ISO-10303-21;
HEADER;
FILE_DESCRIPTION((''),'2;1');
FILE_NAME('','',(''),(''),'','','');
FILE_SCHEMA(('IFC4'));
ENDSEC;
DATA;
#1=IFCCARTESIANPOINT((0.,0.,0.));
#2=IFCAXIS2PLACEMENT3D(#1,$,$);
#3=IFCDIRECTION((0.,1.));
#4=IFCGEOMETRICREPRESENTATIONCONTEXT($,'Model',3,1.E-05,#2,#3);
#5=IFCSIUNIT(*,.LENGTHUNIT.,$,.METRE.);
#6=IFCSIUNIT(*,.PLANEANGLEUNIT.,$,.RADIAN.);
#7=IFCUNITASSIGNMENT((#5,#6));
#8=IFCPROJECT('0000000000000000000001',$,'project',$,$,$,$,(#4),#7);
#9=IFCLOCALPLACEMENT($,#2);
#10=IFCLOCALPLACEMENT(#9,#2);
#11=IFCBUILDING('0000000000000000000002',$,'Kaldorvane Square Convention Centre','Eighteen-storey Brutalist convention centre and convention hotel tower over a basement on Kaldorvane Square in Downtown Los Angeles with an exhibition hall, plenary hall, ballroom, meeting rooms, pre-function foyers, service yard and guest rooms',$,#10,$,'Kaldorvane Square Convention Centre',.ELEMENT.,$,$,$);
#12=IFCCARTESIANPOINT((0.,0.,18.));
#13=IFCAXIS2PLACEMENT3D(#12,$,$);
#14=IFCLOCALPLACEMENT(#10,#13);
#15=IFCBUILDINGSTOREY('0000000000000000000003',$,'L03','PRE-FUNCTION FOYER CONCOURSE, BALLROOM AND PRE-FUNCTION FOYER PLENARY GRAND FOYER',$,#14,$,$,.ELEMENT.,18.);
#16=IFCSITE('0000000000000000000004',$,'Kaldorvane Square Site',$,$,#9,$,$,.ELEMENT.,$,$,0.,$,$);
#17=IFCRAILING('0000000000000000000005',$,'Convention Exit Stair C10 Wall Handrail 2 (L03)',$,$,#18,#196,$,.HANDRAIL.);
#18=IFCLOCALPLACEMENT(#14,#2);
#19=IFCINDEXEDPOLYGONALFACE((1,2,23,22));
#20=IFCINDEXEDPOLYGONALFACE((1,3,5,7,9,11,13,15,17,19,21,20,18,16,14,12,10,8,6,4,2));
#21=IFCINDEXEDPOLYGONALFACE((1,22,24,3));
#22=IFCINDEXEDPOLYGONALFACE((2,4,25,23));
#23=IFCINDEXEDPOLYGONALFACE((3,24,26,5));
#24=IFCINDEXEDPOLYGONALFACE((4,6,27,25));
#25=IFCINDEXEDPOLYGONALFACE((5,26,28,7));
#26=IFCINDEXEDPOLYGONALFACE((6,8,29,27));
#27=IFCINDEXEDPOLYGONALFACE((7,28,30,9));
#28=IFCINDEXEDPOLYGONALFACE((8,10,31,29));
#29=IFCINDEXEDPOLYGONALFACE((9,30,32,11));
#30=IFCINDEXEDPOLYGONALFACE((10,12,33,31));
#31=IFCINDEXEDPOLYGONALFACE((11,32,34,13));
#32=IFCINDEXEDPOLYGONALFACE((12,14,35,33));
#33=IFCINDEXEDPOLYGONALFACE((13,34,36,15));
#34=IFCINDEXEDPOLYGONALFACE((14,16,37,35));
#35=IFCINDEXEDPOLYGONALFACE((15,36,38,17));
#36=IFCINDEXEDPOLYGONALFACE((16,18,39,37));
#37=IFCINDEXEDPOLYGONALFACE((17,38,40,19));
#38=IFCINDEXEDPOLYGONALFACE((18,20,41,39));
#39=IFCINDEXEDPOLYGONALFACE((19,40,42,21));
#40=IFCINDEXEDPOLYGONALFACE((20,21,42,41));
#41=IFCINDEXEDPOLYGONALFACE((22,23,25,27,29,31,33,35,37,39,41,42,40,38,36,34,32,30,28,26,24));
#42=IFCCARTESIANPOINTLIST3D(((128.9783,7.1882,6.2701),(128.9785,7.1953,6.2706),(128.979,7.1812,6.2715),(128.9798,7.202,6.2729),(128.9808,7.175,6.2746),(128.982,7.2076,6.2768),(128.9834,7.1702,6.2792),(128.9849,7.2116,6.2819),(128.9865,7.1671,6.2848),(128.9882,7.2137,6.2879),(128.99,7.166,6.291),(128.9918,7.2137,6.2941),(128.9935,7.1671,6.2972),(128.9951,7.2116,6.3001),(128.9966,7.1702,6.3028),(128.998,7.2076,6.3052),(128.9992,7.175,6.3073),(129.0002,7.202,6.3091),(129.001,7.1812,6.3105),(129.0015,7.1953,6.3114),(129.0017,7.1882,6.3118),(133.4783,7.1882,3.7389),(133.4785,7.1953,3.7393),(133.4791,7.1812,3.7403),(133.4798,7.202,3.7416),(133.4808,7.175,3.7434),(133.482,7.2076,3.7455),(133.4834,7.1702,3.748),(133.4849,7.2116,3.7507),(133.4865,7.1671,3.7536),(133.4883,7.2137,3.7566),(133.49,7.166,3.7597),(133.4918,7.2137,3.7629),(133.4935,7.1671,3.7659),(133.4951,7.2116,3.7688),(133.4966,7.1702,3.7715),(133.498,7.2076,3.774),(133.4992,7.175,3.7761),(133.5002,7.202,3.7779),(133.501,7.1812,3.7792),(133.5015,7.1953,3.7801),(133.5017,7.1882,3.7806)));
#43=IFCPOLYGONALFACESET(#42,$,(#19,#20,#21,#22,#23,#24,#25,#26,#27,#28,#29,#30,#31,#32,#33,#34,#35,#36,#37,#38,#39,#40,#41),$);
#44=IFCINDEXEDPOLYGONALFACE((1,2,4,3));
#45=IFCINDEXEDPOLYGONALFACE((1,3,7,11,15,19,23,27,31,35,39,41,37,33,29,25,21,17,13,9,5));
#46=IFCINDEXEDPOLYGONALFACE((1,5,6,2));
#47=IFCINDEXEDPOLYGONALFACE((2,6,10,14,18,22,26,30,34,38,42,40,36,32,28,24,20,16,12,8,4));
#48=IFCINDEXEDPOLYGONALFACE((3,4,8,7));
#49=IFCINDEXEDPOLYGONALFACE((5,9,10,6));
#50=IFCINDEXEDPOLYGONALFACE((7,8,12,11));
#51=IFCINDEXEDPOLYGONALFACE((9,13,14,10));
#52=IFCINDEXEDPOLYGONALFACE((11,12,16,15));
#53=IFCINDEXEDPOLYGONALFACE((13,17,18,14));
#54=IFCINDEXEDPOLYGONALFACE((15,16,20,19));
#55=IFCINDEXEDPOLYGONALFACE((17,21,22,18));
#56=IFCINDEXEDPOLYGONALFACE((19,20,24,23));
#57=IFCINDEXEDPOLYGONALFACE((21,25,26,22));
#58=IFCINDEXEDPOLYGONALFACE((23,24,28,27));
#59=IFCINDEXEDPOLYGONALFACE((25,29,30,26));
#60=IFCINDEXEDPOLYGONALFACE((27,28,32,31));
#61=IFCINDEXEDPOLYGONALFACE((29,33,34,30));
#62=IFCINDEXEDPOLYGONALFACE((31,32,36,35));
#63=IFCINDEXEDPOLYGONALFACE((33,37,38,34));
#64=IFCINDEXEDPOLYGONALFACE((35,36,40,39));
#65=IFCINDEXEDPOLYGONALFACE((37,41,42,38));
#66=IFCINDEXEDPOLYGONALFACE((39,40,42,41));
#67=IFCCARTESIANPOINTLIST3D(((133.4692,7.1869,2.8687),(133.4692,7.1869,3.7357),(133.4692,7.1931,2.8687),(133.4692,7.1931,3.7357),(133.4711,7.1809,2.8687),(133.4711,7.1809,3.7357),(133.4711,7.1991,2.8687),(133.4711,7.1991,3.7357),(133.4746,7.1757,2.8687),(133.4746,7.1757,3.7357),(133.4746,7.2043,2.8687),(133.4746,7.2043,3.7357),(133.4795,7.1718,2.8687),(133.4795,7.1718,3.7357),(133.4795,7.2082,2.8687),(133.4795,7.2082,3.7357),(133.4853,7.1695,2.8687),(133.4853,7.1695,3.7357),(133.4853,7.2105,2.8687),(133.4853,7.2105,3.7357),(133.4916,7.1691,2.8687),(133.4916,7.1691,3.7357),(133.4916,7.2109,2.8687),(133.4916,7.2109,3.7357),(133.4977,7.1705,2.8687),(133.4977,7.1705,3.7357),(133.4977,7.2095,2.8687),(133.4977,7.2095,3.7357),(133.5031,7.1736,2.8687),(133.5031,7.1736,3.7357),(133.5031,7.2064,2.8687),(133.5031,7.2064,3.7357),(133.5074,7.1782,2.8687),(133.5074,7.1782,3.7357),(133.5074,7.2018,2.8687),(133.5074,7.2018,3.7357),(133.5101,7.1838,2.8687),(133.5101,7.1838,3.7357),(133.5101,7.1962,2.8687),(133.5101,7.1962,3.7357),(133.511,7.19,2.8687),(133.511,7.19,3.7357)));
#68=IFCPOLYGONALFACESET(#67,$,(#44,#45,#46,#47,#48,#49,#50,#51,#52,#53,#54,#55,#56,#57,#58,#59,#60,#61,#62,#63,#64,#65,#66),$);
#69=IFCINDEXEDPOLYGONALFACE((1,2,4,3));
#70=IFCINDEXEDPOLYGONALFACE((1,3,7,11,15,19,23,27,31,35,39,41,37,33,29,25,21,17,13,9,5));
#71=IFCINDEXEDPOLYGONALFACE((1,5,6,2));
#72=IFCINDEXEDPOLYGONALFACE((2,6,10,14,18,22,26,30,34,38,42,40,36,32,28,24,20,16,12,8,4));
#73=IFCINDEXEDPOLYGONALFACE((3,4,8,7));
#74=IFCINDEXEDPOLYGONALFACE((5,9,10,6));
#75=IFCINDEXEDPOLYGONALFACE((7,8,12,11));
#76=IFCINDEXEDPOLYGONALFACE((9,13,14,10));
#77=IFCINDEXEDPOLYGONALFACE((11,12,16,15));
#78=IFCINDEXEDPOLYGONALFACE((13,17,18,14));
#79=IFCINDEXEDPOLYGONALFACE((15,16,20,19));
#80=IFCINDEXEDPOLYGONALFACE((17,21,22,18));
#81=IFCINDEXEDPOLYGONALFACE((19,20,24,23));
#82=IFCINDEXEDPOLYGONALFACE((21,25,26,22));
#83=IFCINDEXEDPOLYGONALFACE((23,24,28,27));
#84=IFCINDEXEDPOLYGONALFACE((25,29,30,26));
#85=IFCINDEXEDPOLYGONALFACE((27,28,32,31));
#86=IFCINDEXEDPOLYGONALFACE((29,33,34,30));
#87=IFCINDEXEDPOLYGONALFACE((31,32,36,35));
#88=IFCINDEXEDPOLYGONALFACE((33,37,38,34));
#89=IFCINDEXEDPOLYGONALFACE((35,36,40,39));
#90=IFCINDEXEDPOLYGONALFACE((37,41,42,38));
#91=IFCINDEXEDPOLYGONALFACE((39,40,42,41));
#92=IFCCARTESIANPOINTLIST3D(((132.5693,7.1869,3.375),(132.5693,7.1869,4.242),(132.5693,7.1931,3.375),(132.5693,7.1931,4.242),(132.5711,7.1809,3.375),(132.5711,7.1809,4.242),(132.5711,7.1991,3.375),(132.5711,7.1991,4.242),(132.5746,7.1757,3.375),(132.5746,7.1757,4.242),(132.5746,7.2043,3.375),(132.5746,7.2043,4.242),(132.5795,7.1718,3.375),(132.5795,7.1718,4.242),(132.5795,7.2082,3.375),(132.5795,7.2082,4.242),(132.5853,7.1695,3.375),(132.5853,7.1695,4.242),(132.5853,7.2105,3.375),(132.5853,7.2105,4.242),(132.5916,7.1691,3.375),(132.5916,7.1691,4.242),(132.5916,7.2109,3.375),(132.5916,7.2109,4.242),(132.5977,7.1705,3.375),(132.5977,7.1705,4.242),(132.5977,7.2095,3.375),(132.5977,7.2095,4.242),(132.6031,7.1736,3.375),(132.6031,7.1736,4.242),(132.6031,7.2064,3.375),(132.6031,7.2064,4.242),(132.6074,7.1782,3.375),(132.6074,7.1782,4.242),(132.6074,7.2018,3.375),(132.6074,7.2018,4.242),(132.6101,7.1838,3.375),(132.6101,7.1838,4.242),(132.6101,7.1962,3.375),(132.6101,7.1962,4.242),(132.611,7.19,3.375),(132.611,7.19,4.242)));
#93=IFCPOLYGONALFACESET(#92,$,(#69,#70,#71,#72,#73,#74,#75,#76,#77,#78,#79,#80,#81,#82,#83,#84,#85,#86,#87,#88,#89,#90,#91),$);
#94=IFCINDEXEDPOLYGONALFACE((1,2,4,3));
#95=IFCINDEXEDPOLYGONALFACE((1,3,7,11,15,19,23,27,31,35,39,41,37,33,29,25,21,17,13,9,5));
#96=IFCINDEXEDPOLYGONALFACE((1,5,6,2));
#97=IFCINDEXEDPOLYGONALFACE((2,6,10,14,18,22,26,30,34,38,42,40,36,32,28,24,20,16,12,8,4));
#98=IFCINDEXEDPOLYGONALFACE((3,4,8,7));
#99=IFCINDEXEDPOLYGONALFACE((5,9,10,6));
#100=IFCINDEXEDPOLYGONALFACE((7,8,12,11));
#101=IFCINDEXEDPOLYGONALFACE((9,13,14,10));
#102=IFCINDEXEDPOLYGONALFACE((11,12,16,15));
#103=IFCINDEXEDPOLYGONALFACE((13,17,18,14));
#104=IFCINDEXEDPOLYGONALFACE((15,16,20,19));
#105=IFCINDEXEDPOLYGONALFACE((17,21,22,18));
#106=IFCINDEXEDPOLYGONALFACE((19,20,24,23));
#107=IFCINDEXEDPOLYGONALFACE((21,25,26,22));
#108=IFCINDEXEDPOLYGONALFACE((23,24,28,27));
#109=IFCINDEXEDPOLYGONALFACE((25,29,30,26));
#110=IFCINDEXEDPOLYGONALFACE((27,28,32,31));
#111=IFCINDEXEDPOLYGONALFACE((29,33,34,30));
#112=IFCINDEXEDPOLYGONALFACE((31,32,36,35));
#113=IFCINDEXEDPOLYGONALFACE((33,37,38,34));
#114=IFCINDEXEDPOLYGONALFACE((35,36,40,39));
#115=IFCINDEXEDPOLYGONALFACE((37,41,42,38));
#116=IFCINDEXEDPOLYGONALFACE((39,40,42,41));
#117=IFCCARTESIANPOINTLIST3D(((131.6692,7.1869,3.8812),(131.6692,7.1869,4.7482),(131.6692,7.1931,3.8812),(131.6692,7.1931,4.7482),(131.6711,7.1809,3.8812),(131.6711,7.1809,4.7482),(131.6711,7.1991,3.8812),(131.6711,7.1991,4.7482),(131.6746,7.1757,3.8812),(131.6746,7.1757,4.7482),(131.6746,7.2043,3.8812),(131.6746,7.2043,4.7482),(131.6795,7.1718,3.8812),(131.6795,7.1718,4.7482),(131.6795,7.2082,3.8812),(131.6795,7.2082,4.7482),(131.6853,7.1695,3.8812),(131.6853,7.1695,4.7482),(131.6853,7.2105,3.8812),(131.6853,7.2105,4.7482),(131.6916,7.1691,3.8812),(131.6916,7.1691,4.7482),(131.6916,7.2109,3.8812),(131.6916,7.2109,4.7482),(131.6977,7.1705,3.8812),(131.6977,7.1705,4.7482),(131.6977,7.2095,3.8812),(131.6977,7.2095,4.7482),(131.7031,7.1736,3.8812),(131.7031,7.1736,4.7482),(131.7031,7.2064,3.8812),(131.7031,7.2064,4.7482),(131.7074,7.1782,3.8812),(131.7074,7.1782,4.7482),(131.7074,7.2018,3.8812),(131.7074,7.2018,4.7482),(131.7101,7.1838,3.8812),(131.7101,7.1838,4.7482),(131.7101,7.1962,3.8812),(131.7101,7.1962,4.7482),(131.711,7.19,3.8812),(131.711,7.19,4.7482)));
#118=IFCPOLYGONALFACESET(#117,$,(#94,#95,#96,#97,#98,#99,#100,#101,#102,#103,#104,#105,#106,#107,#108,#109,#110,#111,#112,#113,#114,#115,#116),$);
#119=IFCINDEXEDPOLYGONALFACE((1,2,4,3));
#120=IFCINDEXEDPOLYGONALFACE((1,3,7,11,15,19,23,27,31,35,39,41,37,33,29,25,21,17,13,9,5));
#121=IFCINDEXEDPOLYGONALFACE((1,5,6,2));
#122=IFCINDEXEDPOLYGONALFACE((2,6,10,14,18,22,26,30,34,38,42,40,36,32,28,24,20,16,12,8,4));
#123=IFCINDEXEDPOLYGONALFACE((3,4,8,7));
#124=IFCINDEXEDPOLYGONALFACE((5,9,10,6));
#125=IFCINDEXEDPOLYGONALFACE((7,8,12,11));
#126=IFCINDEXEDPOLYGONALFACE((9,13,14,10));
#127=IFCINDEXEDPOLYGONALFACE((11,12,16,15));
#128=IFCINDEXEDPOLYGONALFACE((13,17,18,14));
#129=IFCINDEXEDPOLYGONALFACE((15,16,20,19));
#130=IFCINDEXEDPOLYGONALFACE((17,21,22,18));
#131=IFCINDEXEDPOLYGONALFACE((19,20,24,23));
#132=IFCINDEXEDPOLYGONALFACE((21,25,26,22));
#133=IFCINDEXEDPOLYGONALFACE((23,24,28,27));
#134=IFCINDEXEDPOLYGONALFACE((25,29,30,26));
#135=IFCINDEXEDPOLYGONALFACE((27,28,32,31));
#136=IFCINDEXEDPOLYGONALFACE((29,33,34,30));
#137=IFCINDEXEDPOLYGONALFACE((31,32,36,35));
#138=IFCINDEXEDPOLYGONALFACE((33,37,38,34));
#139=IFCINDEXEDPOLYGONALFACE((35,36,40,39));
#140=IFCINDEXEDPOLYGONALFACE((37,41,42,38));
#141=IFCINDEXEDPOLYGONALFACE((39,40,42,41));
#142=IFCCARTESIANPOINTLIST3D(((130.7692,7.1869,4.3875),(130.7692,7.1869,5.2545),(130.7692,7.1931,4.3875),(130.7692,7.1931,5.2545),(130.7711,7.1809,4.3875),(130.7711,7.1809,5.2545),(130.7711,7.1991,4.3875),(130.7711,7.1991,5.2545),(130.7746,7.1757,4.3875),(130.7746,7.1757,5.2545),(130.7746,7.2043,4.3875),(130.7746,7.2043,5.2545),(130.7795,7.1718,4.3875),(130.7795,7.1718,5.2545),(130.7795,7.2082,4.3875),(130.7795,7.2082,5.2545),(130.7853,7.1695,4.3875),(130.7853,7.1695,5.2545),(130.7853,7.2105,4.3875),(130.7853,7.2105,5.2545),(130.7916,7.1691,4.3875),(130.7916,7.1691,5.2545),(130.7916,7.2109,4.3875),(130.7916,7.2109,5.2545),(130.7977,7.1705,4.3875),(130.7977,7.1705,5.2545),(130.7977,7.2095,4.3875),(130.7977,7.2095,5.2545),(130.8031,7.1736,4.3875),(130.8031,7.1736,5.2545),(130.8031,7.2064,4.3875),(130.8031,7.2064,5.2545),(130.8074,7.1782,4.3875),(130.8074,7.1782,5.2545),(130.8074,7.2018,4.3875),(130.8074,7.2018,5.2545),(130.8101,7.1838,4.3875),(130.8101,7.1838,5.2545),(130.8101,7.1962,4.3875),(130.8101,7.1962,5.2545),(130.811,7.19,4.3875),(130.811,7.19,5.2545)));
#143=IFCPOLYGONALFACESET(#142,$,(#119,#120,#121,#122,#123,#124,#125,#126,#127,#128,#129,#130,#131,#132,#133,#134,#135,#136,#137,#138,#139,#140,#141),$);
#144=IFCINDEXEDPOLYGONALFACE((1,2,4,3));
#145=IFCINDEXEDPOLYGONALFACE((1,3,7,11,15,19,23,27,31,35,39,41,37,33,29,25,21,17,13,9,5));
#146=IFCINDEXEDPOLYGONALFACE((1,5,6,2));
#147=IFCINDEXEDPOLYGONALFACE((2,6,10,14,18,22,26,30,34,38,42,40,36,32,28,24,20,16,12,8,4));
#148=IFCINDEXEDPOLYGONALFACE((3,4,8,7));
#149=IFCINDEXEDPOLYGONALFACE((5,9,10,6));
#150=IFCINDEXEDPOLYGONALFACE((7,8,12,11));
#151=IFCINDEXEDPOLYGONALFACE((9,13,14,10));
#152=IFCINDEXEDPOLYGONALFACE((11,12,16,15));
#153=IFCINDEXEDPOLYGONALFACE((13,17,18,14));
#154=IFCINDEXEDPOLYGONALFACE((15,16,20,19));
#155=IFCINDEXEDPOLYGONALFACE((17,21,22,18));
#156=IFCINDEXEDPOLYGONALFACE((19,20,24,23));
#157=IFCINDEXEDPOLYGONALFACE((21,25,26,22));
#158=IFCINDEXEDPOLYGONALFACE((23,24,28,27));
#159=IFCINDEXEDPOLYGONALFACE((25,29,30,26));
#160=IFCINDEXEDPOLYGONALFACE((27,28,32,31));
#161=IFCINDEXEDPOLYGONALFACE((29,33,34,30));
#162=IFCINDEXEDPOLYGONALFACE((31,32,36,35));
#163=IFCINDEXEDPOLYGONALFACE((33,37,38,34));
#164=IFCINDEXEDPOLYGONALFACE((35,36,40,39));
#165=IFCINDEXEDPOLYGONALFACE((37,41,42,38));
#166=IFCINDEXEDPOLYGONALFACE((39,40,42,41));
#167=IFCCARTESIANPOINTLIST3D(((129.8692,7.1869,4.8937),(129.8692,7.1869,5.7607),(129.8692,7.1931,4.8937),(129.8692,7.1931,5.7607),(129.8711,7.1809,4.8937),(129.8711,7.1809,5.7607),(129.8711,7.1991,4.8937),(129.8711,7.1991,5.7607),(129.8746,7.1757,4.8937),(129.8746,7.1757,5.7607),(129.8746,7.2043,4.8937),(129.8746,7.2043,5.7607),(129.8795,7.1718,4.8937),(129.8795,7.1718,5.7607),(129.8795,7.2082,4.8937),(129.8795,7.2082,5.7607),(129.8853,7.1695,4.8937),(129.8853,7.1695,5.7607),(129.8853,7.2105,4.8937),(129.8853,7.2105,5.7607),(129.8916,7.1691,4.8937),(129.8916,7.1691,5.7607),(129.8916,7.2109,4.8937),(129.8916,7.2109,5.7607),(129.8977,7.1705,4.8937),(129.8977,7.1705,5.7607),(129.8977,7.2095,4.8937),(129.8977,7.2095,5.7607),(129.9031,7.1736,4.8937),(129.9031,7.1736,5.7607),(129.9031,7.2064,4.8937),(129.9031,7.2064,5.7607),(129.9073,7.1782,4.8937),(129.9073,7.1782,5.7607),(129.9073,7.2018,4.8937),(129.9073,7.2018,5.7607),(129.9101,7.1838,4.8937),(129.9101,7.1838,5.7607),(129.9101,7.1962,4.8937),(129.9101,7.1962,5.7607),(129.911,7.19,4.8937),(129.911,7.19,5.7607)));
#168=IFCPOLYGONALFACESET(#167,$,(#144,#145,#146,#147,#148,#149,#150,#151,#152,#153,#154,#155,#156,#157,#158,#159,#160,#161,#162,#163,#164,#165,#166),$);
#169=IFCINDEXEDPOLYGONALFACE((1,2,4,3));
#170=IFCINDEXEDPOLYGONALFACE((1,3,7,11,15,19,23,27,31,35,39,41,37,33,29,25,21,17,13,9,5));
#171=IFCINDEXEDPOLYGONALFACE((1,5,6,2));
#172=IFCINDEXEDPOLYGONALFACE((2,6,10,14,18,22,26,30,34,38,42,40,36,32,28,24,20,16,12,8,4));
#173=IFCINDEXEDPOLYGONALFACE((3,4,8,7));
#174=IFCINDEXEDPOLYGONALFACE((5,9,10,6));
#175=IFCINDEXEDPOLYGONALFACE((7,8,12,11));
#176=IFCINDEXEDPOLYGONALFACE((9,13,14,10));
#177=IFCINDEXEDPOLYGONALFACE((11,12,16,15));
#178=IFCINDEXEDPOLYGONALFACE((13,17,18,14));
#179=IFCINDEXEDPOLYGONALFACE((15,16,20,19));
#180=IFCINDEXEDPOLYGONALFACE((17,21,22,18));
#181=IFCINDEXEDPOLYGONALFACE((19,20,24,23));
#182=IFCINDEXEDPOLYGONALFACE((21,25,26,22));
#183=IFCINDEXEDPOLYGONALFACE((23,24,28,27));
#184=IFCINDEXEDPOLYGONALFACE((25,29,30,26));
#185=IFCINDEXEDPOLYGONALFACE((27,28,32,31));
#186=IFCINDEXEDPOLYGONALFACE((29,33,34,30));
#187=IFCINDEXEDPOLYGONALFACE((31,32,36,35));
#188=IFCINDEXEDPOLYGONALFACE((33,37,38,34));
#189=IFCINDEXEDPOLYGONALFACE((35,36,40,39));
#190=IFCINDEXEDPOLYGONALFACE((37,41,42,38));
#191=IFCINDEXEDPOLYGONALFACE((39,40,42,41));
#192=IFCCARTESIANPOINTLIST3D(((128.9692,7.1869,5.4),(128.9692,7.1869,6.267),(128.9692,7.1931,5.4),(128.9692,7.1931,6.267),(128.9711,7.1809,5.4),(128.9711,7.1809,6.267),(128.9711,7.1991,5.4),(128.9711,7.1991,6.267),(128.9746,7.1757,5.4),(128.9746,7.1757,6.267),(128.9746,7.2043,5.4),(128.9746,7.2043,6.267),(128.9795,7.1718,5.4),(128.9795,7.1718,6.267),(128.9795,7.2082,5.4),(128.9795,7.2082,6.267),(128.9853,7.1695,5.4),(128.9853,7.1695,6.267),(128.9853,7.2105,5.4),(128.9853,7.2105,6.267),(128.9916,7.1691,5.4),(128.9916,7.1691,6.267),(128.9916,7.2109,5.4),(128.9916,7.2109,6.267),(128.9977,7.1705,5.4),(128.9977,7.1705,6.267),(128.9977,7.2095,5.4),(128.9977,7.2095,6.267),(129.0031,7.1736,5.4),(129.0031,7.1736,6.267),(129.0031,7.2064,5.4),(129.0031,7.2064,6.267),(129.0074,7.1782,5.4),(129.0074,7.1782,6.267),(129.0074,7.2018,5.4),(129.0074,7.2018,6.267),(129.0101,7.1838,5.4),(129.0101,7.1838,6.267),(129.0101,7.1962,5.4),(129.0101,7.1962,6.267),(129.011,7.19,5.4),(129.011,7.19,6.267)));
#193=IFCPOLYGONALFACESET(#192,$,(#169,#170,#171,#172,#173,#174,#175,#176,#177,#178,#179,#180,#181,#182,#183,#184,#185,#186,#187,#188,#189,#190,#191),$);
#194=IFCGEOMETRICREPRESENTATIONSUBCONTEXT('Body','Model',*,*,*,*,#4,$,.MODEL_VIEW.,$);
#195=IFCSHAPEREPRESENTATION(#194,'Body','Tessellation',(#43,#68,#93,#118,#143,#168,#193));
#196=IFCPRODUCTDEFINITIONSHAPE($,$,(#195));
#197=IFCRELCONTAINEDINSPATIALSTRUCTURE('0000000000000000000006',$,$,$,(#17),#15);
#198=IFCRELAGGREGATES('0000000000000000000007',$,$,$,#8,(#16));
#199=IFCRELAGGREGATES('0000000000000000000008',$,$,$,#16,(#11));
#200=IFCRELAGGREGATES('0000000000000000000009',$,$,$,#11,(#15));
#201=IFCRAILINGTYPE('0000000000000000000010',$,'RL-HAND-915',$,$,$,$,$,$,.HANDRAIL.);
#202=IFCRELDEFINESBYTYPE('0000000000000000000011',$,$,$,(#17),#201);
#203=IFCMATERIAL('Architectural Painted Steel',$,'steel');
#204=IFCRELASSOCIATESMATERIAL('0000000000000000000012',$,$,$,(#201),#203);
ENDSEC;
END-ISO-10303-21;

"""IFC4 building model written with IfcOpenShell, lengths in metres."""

from ifc_helpers import new_model, si_unit, direction, frame, origin, origin_2d, place, context, subcontext, project, spatial, circle, extrude, material, type_object, element, save


model = new_model("IFC4")

# Units and contexts
model_context = context("Model", 3, precision=1e-05, world=origin(), true_north=direction((0.0, 1.0)))
body_context = subcontext(model_context, "Body", "Model", "MODEL_VIEW")
ifc_project = project(units=[si_unit("LENGTHUNIT", "METRE"), si_unit("PLANEANGLEUNIT", "RADIAN")], contexts=[model_context])

# Site, building, storey
site_placement = place(None, origin())
site = spatial("IfcSite", under=ifc_project, at=site_placement, Name="Kaldorvane Square Site", CompositionType="ELEMENT", RefElevation=0.0)
building_placement = place(site_placement, origin())
building = spatial("IfcBuilding", under=site, at=building_placement, Name="Kaldorvane Square Convention Centre", Description="Eighteen-storey Brutalist convention centre and convention hotel tower over a basement on Kaldorvane Square in Downtown Los Angeles with an exhibition hall, plenary hall, ballroom, meeting rooms, pre-function foyers, service yard and guest rooms", LongName="Kaldorvane Square Convention Centre", CompositionType="ELEMENT")
storey_placement = place(building_placement, frame((0.0, 0.0, 18.0)))
storey = spatial("IfcBuildingStorey", under=building, at=storey_placement, Name="L03", Description="PRE-FUNCTION FOYER CONCOURSE, BALLROOM AND PRE-FUNCTION FOYER PLENARY GRAND FOYER", CompositionType="ELEMENT", Elevation=18.0)

# Railing
ifc_material_1 = material(Name="Architectural Painted Steel", Category="steel")
railing_type_1 = type_object("IfcRailingType", Name="RL-HAND-915", PredefinedType="HANDRAIL", material=ifc_material_1)
railing_1_placement = place(storey_placement, frame((133.49, 7.19, 2.8687)))
element("IfcRailing", 1, at=railing_1_placement, inside=storey, type_object=railing_type_1, Name="Convention Exit Stair C10 Wall Handrail 2 (L03)", PredefinedType="HANDRAIL", context=body_context, shape_type="SweptSolid", body=[
    extrude(circle(Radius=0.024, at=origin_2d()), frame((0.0, 0.0, 0.891), z_axis=(-0.871576, 0.0, 0.490261), x_axis=(0.0, -1.0, 0.0)), (0.0, 0.0, 1.0), 5.1631),
    extrude(circle(Radius=0.021, at=origin_2d()), origin(), (0.0, 0.0, 1.0), 0.867),
    extrude(circle(Radius=0.021, at=origin_2d()), frame((-0.9, 0.0, 0.5063)), (0.0, 0.0, 1.0), 0.867),
    extrude(circle(Radius=0.021, at=origin_2d()), frame((-1.8, 0.0, 1.0125)), (0.0, 0.0, 1.0), 0.867),
    extrude(circle(Radius=0.021, at=origin_2d()), frame((-2.7, 0.0, 1.5188)), (0.0, 0.0, 1.0), 0.867),
    extrude(circle(Radius=0.021, at=origin_2d()), frame((-3.6, 0.0, 2.025)), (0.0, 0.0, 1.0), 0.867),
    extrude(circle(Radius=0.021, at=origin_2d()), frame((-4.5, 0.0, 2.5312)), (0.0, 0.0, 1.0), 0.867),
])

save(model, "model.ifc")
